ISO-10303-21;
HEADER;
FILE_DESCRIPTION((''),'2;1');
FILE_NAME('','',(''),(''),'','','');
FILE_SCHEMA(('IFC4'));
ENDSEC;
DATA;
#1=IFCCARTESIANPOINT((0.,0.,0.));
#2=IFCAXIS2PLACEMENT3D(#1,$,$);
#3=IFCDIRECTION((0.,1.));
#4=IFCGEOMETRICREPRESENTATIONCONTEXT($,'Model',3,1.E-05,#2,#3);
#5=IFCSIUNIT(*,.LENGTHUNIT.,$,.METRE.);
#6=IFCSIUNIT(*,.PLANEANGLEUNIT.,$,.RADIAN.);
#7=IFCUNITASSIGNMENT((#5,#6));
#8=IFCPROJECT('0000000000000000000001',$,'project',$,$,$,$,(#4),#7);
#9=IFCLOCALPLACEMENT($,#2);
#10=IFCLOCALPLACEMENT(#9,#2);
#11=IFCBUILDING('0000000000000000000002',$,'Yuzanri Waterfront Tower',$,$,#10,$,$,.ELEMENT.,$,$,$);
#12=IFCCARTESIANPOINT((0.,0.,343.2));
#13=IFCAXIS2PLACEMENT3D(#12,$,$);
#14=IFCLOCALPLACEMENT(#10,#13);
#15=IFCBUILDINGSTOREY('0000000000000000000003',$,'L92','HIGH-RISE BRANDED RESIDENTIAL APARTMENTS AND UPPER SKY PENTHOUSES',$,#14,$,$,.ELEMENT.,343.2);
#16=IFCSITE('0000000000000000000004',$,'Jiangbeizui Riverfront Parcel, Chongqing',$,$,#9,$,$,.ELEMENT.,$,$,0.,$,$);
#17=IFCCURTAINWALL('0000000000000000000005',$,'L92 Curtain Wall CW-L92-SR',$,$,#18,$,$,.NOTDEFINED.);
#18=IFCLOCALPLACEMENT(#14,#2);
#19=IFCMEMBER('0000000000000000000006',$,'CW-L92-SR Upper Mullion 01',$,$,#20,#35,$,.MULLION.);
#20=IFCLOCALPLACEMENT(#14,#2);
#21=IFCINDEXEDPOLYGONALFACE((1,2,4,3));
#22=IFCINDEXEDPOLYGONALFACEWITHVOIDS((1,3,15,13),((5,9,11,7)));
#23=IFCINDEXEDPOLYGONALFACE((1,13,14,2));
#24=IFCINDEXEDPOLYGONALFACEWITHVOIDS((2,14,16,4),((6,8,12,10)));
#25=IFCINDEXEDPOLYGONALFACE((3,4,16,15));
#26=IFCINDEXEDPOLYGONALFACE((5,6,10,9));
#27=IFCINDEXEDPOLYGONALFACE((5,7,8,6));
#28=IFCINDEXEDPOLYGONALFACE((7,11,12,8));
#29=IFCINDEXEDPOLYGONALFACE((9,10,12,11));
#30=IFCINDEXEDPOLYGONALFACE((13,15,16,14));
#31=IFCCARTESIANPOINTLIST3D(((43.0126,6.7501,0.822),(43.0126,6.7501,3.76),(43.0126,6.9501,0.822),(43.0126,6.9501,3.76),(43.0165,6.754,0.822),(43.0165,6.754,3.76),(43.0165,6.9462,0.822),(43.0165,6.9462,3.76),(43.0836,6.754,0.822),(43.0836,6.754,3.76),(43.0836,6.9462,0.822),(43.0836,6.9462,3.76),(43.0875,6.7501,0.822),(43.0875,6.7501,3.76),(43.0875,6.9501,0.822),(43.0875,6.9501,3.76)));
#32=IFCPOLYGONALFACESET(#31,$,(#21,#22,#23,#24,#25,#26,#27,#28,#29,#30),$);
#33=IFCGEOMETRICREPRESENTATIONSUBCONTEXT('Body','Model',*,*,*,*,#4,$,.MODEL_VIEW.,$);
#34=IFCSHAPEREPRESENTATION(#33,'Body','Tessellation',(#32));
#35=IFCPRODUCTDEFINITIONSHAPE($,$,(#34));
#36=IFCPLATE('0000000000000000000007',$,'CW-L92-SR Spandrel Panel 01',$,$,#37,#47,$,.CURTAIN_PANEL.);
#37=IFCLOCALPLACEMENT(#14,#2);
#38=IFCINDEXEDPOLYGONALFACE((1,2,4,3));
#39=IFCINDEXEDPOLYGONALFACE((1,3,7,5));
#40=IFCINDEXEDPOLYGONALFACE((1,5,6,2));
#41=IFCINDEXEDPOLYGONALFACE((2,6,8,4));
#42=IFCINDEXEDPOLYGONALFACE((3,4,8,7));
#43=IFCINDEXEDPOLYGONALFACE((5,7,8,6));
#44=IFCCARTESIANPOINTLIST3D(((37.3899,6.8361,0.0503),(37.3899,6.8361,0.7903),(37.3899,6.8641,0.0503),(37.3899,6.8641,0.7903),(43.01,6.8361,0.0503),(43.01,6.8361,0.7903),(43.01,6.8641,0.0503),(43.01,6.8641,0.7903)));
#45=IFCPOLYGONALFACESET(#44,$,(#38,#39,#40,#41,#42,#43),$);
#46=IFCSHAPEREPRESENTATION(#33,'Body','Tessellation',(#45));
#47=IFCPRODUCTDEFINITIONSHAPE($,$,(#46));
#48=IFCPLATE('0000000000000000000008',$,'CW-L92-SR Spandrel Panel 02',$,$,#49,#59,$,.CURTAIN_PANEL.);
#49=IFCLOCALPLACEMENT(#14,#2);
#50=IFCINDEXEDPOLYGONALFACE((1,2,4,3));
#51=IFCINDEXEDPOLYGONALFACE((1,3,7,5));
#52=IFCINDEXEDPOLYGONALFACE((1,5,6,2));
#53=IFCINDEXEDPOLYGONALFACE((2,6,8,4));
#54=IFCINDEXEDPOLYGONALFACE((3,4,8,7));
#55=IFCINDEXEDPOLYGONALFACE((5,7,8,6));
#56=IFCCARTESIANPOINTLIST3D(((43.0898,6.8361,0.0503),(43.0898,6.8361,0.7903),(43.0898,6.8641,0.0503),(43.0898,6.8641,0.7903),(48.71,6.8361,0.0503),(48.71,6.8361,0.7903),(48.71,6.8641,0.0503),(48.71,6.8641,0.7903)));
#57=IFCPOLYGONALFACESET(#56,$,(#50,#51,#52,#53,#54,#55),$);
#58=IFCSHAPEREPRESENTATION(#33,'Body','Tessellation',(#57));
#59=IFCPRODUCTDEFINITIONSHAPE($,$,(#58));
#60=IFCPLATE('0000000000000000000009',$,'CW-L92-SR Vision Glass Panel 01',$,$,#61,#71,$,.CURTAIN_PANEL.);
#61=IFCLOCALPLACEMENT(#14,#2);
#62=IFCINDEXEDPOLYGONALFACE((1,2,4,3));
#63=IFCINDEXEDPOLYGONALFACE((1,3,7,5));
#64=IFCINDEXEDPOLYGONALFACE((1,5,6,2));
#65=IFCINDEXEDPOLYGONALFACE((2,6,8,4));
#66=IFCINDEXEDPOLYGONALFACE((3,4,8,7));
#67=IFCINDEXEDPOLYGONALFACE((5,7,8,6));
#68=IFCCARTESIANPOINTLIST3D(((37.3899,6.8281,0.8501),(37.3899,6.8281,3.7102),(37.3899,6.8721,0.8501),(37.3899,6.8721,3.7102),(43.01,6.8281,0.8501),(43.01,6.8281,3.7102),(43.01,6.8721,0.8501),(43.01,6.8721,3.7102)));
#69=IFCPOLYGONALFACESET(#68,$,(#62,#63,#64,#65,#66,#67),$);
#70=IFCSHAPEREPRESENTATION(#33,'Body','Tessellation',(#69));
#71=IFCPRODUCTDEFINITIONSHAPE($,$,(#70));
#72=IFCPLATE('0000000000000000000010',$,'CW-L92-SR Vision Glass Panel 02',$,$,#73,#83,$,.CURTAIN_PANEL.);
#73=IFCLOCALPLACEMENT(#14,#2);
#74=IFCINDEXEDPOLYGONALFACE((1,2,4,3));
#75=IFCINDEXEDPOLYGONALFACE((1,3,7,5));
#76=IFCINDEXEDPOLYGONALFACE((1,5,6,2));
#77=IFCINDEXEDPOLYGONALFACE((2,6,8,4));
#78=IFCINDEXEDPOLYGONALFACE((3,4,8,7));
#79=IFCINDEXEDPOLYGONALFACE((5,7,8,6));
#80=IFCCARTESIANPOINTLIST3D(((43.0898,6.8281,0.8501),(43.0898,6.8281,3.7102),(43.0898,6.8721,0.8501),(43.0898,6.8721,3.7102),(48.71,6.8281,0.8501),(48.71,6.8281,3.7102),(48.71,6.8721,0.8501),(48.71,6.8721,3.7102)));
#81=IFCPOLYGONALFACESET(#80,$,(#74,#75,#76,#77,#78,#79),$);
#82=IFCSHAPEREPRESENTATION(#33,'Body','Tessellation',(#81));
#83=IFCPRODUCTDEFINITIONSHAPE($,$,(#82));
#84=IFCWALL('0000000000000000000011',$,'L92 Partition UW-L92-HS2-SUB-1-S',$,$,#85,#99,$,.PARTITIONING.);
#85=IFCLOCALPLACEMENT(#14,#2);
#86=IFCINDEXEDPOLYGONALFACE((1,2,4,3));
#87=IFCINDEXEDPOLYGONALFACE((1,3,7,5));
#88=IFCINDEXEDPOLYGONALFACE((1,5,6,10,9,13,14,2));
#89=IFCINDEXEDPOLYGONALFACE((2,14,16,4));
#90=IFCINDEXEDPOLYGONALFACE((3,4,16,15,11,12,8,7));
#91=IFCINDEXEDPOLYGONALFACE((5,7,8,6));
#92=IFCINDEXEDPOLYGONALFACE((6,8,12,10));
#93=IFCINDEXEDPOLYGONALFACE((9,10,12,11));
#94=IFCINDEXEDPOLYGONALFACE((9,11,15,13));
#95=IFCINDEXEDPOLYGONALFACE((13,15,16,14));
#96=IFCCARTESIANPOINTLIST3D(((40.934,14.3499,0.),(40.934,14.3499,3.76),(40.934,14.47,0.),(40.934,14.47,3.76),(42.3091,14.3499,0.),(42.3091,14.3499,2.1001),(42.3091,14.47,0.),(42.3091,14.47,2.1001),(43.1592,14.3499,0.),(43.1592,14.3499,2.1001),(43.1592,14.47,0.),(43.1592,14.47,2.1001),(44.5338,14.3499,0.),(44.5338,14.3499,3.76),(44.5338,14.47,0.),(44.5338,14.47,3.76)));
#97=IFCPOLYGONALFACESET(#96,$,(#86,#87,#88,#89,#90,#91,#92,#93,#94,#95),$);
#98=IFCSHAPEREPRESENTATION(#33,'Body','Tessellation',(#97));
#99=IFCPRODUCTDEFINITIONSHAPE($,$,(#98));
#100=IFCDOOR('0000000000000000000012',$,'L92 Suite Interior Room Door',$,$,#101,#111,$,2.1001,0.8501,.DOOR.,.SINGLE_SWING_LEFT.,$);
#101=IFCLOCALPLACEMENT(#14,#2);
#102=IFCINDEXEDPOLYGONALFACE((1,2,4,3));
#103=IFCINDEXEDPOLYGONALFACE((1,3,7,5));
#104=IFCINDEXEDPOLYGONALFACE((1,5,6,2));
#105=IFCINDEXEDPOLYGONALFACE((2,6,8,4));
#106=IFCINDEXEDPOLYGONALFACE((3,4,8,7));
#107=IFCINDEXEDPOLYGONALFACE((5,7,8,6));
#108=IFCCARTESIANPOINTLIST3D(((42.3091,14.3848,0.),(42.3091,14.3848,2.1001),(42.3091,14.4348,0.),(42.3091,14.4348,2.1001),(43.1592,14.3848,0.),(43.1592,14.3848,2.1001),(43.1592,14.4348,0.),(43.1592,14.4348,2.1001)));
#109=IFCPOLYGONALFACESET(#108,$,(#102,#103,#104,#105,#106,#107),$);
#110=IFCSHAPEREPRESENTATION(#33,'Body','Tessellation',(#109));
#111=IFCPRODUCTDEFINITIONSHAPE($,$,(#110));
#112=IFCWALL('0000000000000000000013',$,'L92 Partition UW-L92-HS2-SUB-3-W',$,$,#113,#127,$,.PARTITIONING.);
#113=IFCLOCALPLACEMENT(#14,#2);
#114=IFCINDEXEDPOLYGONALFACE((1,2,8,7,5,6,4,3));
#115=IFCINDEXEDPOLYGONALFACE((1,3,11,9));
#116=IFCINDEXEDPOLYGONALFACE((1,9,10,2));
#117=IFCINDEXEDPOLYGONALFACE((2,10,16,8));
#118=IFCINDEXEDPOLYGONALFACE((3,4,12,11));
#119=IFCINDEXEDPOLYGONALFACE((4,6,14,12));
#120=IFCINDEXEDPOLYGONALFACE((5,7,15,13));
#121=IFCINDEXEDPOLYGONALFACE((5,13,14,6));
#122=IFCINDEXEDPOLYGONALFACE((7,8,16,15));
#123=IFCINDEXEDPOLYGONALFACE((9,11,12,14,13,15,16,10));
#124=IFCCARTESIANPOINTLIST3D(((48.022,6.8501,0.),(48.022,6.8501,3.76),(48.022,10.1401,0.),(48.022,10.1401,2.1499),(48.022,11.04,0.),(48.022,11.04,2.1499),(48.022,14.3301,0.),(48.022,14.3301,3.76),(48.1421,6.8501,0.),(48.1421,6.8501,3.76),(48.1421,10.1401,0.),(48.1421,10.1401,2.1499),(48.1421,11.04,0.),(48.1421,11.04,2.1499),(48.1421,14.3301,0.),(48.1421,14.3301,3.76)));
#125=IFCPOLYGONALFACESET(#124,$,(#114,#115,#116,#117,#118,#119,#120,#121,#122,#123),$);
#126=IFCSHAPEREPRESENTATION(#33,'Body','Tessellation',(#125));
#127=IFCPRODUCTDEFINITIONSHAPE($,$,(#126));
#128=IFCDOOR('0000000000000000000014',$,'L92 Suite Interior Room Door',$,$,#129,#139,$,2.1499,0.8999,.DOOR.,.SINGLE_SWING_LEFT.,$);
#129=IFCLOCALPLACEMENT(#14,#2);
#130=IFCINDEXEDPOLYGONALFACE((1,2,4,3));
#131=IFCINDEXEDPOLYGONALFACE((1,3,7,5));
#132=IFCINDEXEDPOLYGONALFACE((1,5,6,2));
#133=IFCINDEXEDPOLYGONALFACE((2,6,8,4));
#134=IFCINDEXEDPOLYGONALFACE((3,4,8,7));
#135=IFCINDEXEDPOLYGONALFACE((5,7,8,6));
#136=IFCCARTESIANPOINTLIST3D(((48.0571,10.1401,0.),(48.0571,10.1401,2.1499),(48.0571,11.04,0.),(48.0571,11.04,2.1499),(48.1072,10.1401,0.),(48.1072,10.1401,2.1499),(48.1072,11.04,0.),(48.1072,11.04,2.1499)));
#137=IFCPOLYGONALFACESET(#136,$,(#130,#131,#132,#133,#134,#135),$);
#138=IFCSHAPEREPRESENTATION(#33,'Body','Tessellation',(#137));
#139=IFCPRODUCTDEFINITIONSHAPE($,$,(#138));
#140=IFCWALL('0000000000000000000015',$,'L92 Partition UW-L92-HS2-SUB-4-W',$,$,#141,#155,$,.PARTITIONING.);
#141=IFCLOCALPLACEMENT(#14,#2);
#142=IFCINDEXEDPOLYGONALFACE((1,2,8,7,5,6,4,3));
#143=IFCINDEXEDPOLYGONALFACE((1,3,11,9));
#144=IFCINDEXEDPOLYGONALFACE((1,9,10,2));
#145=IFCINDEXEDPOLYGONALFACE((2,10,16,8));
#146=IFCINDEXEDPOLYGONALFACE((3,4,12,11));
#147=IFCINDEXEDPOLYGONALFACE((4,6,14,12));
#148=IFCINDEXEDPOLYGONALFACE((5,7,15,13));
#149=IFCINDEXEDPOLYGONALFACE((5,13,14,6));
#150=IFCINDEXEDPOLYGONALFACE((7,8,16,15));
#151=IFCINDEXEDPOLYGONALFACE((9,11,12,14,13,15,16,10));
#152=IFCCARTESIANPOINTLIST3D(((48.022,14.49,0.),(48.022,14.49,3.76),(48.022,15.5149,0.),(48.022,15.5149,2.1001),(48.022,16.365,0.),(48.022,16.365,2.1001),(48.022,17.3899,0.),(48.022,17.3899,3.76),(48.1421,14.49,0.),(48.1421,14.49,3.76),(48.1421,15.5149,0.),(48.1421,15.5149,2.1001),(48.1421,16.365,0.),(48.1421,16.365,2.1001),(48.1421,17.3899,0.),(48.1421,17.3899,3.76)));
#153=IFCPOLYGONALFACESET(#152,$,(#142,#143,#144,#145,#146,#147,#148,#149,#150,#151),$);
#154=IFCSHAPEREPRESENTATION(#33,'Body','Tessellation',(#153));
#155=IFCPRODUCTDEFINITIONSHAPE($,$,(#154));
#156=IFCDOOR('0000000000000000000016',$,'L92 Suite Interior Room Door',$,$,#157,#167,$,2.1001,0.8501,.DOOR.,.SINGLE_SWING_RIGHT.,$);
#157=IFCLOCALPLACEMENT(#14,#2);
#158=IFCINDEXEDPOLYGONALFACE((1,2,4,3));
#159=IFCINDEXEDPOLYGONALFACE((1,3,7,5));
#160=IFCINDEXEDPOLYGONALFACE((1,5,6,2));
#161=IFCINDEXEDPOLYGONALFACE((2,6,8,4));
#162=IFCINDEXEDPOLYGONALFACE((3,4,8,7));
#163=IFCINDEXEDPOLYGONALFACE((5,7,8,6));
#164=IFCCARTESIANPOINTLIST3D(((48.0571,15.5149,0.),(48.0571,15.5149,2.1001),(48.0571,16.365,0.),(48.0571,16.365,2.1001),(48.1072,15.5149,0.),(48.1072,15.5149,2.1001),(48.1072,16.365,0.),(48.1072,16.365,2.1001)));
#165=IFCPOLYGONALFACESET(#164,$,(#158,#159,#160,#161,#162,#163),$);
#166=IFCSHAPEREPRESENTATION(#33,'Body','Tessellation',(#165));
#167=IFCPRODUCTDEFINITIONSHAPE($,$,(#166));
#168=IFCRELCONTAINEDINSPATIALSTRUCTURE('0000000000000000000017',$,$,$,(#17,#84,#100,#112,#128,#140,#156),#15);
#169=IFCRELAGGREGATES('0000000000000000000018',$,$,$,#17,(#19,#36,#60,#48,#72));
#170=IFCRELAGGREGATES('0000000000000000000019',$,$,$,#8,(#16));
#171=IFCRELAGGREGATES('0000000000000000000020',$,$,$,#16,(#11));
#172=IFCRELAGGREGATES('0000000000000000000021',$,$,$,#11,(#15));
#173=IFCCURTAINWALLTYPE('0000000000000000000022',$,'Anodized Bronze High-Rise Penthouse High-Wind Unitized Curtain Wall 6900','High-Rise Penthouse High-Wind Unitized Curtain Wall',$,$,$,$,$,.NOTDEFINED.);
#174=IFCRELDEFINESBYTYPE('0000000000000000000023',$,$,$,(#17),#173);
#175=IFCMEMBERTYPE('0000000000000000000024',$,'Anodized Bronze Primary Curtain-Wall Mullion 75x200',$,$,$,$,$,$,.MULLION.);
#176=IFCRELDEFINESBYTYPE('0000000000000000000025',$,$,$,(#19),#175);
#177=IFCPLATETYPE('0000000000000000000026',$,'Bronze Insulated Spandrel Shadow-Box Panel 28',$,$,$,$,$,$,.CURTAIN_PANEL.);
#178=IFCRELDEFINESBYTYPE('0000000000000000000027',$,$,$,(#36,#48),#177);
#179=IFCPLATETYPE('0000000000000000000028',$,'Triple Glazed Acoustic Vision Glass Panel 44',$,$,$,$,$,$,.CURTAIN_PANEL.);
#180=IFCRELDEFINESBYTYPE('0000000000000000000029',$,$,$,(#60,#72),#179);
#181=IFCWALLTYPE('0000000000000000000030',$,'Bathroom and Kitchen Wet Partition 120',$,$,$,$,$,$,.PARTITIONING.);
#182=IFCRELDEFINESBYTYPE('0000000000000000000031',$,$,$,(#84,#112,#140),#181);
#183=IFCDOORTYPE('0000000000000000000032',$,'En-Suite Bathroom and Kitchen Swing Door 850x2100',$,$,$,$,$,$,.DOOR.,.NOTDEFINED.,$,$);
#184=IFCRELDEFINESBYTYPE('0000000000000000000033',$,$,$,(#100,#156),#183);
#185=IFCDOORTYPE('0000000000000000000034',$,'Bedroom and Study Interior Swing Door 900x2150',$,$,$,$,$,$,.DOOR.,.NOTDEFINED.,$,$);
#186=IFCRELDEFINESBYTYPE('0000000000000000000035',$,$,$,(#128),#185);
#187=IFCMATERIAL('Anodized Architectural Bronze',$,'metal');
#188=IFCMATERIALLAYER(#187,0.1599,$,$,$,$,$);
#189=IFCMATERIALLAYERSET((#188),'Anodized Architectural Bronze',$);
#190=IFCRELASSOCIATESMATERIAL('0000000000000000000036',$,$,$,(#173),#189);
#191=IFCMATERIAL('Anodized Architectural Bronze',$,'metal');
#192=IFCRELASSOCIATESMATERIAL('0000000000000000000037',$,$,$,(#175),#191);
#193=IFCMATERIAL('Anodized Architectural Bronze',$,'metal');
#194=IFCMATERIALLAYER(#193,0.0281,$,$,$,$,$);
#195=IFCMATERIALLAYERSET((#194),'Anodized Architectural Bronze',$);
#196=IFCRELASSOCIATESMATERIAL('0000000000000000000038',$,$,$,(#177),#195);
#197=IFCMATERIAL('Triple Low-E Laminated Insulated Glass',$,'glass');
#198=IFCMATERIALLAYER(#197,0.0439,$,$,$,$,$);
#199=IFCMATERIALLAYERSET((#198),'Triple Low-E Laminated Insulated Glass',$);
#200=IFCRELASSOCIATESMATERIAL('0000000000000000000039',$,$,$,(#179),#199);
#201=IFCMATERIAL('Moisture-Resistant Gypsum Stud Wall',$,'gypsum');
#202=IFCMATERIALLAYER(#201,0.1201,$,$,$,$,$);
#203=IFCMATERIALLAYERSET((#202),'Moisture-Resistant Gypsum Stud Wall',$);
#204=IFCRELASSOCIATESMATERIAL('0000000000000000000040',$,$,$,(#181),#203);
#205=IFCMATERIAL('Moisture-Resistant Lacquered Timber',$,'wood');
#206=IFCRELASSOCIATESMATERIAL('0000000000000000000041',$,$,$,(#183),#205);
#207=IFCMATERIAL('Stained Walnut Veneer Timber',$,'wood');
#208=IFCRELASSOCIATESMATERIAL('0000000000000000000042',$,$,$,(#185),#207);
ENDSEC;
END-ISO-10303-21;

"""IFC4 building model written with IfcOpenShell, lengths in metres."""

from ifc_helpers import new_model, si_unit, direction, frame, frame_2d, origin, origin_2d, place, context, subcontext, project, spatial, rectangle, hollow_rectangle, extrude, source, transform, mapped, material, layer, layer_set, material_profile, profile_set, type_object, element, fill, aggregate, save


model = new_model("IFC4")

# Units and contexts
model_context = context("Model", 3, precision=1e-05, world=origin(), true_north=direction((0.0, 1.0)))
body_context = subcontext(model_context, "Body", "Model", "MODEL_VIEW")
ifc_project = project(units=[si_unit("LENGTHUNIT", "METRE"), si_unit("PLANEANGLEUNIT", "RADIAN")], contexts=[model_context])

# Site, building, storey
site_placement = place(None, origin())
site = spatial("IfcSite", under=ifc_project, at=site_placement, Name="Jiangbeizui Riverfront Parcel, Chongqing", CompositionType="ELEMENT", RefElevation=0.0)
building_placement = place(site_placement, origin())
building = spatial("IfcBuilding", under=site, at=building_placement, Name="Yuzanri Waterfront Tower", CompositionType="ELEMENT")
storey_placement = place(building_placement, frame((0.0, 0.0, 343.2)))
storey = spatial("IfcBuildingStorey", under=building, at=storey_placement, Name="L92", Description="HIGH-RISE BRANDED RESIDENTIAL APARTMENTS AND UPPER SKY PENTHOUSES", CompositionType="ELEMENT", Elevation=343.2)

# Curtain wall, member, plates
ifc_material_1 = material(Name="Anodized Architectural Bronze", Category="metal")
ifc_layer_1 = layer(ifc_material_1, 0.1599)
ifc_layer_set_1 = layer_set([ifc_layer_1], Name="Anodized Architectural Bronze")
curtain_wall_type = type_object("IfcCurtainWallType", Name="Anodized Bronze High-Rise Penthouse High-Wind Unitized Curtain Wall 6900", Description="High-Rise Penthouse High-Wind Unitized Curtain Wall", PredefinedType="NOTDEFINED", material=ifc_layer_set_1)
curtain_wall_placement = place(storey_placement, origin())
curtain_wall = element("IfcCurtainWall", 1, at=curtain_wall_placement, inside=storey, type_object=curtain_wall_type, Name="L92 Curtain Wall CW-L92-SR", PredefinedType="NOTDEFINED")
ifc_material_2 = material(Name="Anodized Architectural Bronze", Category="metal")
ifc_material_profile_1 = material_profile(ifc_material_2, hollow_rectangle(XDim=0.075, YDim=0.2, WallThickness=0.0039, at=origin_2d()), Name="CWM 75x200")
ifc_profile_set_1 = profile_set([ifc_material_profile_1], Name="Anodized Architectural Bronze")
member_type_1 = type_object("IfcMemberType", Name="Anodized Bronze Primary Curtain-Wall Mullion 75x200", PredefinedType="MULLION", material=ifc_profile_set_1)
shared_shape_1 = source(origin(), body_context, "Body", "SweptSolid", [
    extrude(hollow_rectangle(XDim=0.075, YDim=0.2, WallThickness=0.0039, at=origin_2d()), origin(), (0.0, 0.0, 1.0), 2.938),
])
member_1_placement = place(storey_placement, frame((43.05, 6.8501, 0.822), z_axis=(0.0, 0.0, 1.0), x_axis=(1.0, 0.0, 0.0)))
member_1 = element("IfcMember", 2, at=member_1_placement, type_object=member_type_1, Name="CW-L92-SR Upper Mullion 01", PredefinedType="MULLION", context=body_context, shape_type="MappedRepresentation", body=[
    mapped(shared_shape_1, transform((0.0, 0.0, 0.0), scale=1.0)),
])
ifc_material_3 = material(Name="Anodized Architectural Bronze", Category="metal")
ifc_layer_2 = layer(ifc_material_3, 0.0281)
ifc_layer_set_2 = layer_set([ifc_layer_2], Name="Anodized Architectural Bronze")
plate_type_1 = type_object("IfcPlateType", Name="Bronze Insulated Spandrel Shadow-Box Panel 28", PredefinedType="CURTAIN_PANEL", material=ifc_layer_set_2)
shared_shape_2 = source(origin(), body_context, "Body", "SweptSolid", [
    extrude(rectangle(XDim=5.6201, YDim=0.0281, at=origin_2d()), origin(), (0.0, 0.0, 1.0), 0.74),
])
plate_1_placement = place(storey_placement, frame((40.2, 6.8501, 0.0503), z_axis=(0.0, 0.0, 1.0), x_axis=(1.0, 0.0, 0.0)))
plate_1 = element("IfcPlate", 3, at=plate_1_placement, type_object=plate_type_1, Name="CW-L92-SR Spandrel Panel 01", PredefinedType="CURTAIN_PANEL", context=body_context, shape_type="MappedRepresentation", body=[
    mapped(shared_shape_2, transform((0.0, 0.0, 0.0), scale=1.0)),
])
plate_2_placement = place(storey_placement, frame((45.8999, 6.8501, 0.0503), z_axis=(0.0, 0.0, 1.0), x_axis=(1.0, 0.0, 0.0)))
plate_2 = element("IfcPlate", 4, at=plate_2_placement, type_object=plate_type_1, Name="CW-L92-SR Spandrel Panel 02", PredefinedType="CURTAIN_PANEL", context=body_context, shape_type="MappedRepresentation", body=[
    mapped(shared_shape_2, transform((0.0, 0.0, 0.0), scale=1.0)),
])
ifc_material_4 = material(Name="Triple Low-E Laminated Insulated Glass", Category="glass")
ifc_layer_3 = layer(ifc_material_4, 0.0439)
ifc_layer_set_3 = layer_set([ifc_layer_3], Name="Triple Low-E Laminated Insulated Glass")
plate_type_2 = type_object("IfcPlateType", Name="Triple Glazed Acoustic Vision Glass Panel 44", PredefinedType="CURTAIN_PANEL", material=ifc_layer_set_3)
shared_shape_3 = source(origin(), body_context, "Body", "SweptSolid", [
    extrude(rectangle(XDim=5.6201, YDim=0.0439, at=origin_2d()), origin(), (0.0, 0.0, 1.0), 2.8601),
])
plate_3_placement = place(storey_placement, frame((40.2, 6.8501, 0.8501), z_axis=(0.0, 0.0, 1.0), x_axis=(1.0, 0.0, 0.0)))
plate_3 = element("IfcPlate", 5, at=plate_3_placement, type_object=plate_type_2, Name="CW-L92-SR Vision Glass Panel 01", PredefinedType="CURTAIN_PANEL", context=body_context, shape_type="MappedRepresentation", body=[
    mapped(shared_shape_3, transform((0.0, 0.0, 0.0), scale=1.0)),
])
plate_4_placement = place(storey_placement, frame((45.8999, 6.8501, 0.8501), z_axis=(0.0, 0.0, 1.0), x_axis=(1.0, 0.0, 0.0)))
plate_4 = element("IfcPlate", 6, at=plate_4_placement, type_object=plate_type_2, Name="CW-L92-SR Vision Glass Panel 02", PredefinedType="CURTAIN_PANEL", context=body_context, shape_type="MappedRepresentation", body=[
    mapped(shared_shape_3, transform((0.0, 0.0, 0.0), scale=1.0)),
])
aggregate(curtain_wall, [member_1, plate_1, plate_3, plate_2, plate_4])

# Walls, openings, doors
ifc_material_5 = material(Name="Moisture-Resistant Gypsum Stud Wall", Category="gypsum")
ifc_layer_4 = layer(ifc_material_5, 0.1201)
ifc_layer_set_4 = layer_set([ifc_layer_4], Name="Moisture-Resistant Gypsum Stud Wall")
wall_type_1 = type_object("IfcWallType", Name="Bathroom and Kitchen Wet Partition 120", PredefinedType="PARTITIONING", material=ifc_layer_set_4)
wall_1_placement = place(storey_placement, frame((40.9341, 14.4099, 0.0), z_axis=(0.0, 0.0, 1.0), x_axis=(1.0, 0.0, 0.0)))
wall_1 = element("IfcWall", 7, at=wall_1_placement, inside=storey, type_object=wall_type_1, Name="L92 Partition UW-L92-HS2-SUB-1-S", PredefinedType="PARTITIONING", context=body_context, shape_type="SweptSolid", body=[
    extrude(rectangle(XDim=3.5999, YDim=0.1201, at=frame_2d((1.7998, 0.0))), origin(), (0.0, 0.0, 1.0), 3.76),
])
opening_1_placement = place(wall_1_placement, frame((1.375, 0.0, 0.0)))
opening_1 = element("IfcOpeningElement", 8, at=opening_1_placement, cuts=wall_1, PredefinedType="OPENING", context=body_context, shape_type="SweptSolid", body=[
    extrude(rectangle(XDim=0.8501, YDim=2.1001, at=frame_2d((0.425, 1.05))), frame((0.0, 0.075, 0.0), z_axis=(0.0, -1.0, 0.0), x_axis=(1.0, 0.0, 0.0)), (0.0, 0.0, 1.0), 0.1499),
])
ifc_material_6 = material(Name="Moisture-Resistant Lacquered Timber", Category="wood")
door_type_1 = type_object("IfcDoorType", Name="En-Suite Bathroom and Kitchen Swing Door 850x2100", OperationType="NOTDEFINED", PredefinedType="DOOR", material=ifc_material_6)
shared_shape_4 = source(origin(), body_context, "Body", "SweptSolid", [
    extrude(rectangle(XDim=0.8501, YDim=2.1001, at=frame_2d((0.425, 1.05))), frame((0.0, 0.0249, 0.0), z_axis=(0.0, -1.0, 0.0), x_axis=(1.0, 0.0, 0.0)), (0.0, 0.0, 1.0), 0.05),
])
door_1_placement = place(opening_1_placement, origin())
door_1 = element("IfcDoor", 9, at=door_1_placement, inside=storey, type_object=door_type_1, Name="L92 Suite Interior Room Door", OperationType="SINGLE_SWING_LEFT", OverallHeight=2.1001, OverallWidth=0.8501, PredefinedType="DOOR", context=body_context, shape_type="MappedRepresentation", body=[
    mapped(shared_shape_4, transform((0.0, 0.0, 0.0), scale=1.0)),
])
fill(opening_1, door_1)
wall_2_placement = place(storey_placement, frame((48.082, 6.8501, 0.0), z_axis=(0.0, 0.0, 1.0), x_axis=(0.0, 1.0, 0.0)))
wall_2 = element("IfcWall", 10, at=wall_2_placement, inside=storey, type_object=wall_type_1, Name="L92 Partition UW-L92-HS2-SUB-3-W", PredefinedType="PARTITIONING", context=body_context, shape_type="SweptSolid", body=[
    extrude(rectangle(XDim=7.48, YDim=0.1201, at=frame_2d((3.74, 0.0))), origin(), (0.0, 0.0, 1.0), 3.76),
])
opening_2_placement = place(wall_2_placement, frame((3.29, 0.0, 0.0)))
opening_2 = element("IfcOpeningElement", 11, at=opening_2_placement, cuts=wall_2, PredefinedType="OPENING", context=body_context, shape_type="SweptSolid", body=[
    extrude(rectangle(XDim=0.8999, YDim=2.1499, at=frame_2d((0.45, 1.075))), frame((0.0, 0.075, 0.0), z_axis=(0.0, -1.0, 0.0), x_axis=(1.0, 0.0, 0.0)), (0.0, 0.0, 1.0), 0.1499),
])
ifc_material_7 = material(Name="Stained Walnut Veneer Timber", Category="wood")
door_type_2 = type_object("IfcDoorType", Name="Bedroom and Study Interior Swing Door 900x2150", OperationType="NOTDEFINED", PredefinedType="DOOR", material=ifc_material_7)
shared_shape_5 = source(origin(), body_context, "Body", "SweptSolid", [
    extrude(rectangle(XDim=0.8999, YDim=2.1499, at=frame_2d((0.45, 1.075))), frame((0.0, 0.0249, 0.0), z_axis=(0.0, -1.0, 0.0), x_axis=(1.0, 0.0, 0.0)), (0.0, 0.0, 1.0), 0.05),
])
door_2_placement = place(opening_2_placement, origin())
door_2 = element("IfcDoor", 12, at=door_2_placement, inside=storey, type_object=door_type_2, Name="L92 Suite Interior Room Door", OperationType="SINGLE_SWING_LEFT", OverallHeight=2.1499, OverallWidth=0.8999, PredefinedType="DOOR", context=body_context, shape_type="MappedRepresentation", body=[
    mapped(shared_shape_5, transform((0.0, 0.0, 0.0), scale=1.0)),
])
fill(opening_2, door_2)
wall_3_placement = place(storey_placement, frame((48.082, 14.49, 0.0), z_axis=(0.0, 0.0, 1.0), x_axis=(0.0, 1.0, 0.0)))
wall_3 = element("IfcWall", 13, at=wall_3_placement, inside=storey, type_object=wall_type_1, Name="L92 Partition UW-L92-HS2-SUB-4-W", PredefinedType="PARTITIONING", context=body_context, shape_type="SweptSolid", body=[
    extrude(rectangle(XDim=2.8999, YDim=0.1201, at=frame_2d((1.45, 0.0))), origin(), (0.0, 0.0, 1.0), 3.76),
])
opening_3_placement = place(wall_3_placement, frame((1.0249, 0.0, 0.0)))
opening_3 = element("IfcOpeningElement", 14, at=opening_3_placement, cuts=wall_3, PredefinedType="OPENING", context=body_context, shape_type="SweptSolid", body=[
    extrude(rectangle(XDim=0.8501, YDim=2.1001, at=frame_2d((0.425, 1.05))), frame((0.0, 0.075, 0.0), z_axis=(0.0, -1.0, 0.0), x_axis=(1.0, 0.0, 0.0)), (0.0, 0.0, 1.0), 0.1499),
])
door_3_placement = place(opening_3_placement, origin())
door_3 = element("IfcDoor", 15, at=door_3_placement, inside=storey, type_object=door_type_1, Name="L92 Suite Interior Room Door", OperationType="SINGLE_SWING_RIGHT", OverallHeight=2.1001, OverallWidth=0.8501, PredefinedType="DOOR", context=body_context, shape_type="MappedRepresentation", body=[
    mapped(shared_shape_4, transform((0.0, 0.0, 0.0), scale=1.0)),
])
fill(opening_3, door_3)

save(model, "model.ifc")
